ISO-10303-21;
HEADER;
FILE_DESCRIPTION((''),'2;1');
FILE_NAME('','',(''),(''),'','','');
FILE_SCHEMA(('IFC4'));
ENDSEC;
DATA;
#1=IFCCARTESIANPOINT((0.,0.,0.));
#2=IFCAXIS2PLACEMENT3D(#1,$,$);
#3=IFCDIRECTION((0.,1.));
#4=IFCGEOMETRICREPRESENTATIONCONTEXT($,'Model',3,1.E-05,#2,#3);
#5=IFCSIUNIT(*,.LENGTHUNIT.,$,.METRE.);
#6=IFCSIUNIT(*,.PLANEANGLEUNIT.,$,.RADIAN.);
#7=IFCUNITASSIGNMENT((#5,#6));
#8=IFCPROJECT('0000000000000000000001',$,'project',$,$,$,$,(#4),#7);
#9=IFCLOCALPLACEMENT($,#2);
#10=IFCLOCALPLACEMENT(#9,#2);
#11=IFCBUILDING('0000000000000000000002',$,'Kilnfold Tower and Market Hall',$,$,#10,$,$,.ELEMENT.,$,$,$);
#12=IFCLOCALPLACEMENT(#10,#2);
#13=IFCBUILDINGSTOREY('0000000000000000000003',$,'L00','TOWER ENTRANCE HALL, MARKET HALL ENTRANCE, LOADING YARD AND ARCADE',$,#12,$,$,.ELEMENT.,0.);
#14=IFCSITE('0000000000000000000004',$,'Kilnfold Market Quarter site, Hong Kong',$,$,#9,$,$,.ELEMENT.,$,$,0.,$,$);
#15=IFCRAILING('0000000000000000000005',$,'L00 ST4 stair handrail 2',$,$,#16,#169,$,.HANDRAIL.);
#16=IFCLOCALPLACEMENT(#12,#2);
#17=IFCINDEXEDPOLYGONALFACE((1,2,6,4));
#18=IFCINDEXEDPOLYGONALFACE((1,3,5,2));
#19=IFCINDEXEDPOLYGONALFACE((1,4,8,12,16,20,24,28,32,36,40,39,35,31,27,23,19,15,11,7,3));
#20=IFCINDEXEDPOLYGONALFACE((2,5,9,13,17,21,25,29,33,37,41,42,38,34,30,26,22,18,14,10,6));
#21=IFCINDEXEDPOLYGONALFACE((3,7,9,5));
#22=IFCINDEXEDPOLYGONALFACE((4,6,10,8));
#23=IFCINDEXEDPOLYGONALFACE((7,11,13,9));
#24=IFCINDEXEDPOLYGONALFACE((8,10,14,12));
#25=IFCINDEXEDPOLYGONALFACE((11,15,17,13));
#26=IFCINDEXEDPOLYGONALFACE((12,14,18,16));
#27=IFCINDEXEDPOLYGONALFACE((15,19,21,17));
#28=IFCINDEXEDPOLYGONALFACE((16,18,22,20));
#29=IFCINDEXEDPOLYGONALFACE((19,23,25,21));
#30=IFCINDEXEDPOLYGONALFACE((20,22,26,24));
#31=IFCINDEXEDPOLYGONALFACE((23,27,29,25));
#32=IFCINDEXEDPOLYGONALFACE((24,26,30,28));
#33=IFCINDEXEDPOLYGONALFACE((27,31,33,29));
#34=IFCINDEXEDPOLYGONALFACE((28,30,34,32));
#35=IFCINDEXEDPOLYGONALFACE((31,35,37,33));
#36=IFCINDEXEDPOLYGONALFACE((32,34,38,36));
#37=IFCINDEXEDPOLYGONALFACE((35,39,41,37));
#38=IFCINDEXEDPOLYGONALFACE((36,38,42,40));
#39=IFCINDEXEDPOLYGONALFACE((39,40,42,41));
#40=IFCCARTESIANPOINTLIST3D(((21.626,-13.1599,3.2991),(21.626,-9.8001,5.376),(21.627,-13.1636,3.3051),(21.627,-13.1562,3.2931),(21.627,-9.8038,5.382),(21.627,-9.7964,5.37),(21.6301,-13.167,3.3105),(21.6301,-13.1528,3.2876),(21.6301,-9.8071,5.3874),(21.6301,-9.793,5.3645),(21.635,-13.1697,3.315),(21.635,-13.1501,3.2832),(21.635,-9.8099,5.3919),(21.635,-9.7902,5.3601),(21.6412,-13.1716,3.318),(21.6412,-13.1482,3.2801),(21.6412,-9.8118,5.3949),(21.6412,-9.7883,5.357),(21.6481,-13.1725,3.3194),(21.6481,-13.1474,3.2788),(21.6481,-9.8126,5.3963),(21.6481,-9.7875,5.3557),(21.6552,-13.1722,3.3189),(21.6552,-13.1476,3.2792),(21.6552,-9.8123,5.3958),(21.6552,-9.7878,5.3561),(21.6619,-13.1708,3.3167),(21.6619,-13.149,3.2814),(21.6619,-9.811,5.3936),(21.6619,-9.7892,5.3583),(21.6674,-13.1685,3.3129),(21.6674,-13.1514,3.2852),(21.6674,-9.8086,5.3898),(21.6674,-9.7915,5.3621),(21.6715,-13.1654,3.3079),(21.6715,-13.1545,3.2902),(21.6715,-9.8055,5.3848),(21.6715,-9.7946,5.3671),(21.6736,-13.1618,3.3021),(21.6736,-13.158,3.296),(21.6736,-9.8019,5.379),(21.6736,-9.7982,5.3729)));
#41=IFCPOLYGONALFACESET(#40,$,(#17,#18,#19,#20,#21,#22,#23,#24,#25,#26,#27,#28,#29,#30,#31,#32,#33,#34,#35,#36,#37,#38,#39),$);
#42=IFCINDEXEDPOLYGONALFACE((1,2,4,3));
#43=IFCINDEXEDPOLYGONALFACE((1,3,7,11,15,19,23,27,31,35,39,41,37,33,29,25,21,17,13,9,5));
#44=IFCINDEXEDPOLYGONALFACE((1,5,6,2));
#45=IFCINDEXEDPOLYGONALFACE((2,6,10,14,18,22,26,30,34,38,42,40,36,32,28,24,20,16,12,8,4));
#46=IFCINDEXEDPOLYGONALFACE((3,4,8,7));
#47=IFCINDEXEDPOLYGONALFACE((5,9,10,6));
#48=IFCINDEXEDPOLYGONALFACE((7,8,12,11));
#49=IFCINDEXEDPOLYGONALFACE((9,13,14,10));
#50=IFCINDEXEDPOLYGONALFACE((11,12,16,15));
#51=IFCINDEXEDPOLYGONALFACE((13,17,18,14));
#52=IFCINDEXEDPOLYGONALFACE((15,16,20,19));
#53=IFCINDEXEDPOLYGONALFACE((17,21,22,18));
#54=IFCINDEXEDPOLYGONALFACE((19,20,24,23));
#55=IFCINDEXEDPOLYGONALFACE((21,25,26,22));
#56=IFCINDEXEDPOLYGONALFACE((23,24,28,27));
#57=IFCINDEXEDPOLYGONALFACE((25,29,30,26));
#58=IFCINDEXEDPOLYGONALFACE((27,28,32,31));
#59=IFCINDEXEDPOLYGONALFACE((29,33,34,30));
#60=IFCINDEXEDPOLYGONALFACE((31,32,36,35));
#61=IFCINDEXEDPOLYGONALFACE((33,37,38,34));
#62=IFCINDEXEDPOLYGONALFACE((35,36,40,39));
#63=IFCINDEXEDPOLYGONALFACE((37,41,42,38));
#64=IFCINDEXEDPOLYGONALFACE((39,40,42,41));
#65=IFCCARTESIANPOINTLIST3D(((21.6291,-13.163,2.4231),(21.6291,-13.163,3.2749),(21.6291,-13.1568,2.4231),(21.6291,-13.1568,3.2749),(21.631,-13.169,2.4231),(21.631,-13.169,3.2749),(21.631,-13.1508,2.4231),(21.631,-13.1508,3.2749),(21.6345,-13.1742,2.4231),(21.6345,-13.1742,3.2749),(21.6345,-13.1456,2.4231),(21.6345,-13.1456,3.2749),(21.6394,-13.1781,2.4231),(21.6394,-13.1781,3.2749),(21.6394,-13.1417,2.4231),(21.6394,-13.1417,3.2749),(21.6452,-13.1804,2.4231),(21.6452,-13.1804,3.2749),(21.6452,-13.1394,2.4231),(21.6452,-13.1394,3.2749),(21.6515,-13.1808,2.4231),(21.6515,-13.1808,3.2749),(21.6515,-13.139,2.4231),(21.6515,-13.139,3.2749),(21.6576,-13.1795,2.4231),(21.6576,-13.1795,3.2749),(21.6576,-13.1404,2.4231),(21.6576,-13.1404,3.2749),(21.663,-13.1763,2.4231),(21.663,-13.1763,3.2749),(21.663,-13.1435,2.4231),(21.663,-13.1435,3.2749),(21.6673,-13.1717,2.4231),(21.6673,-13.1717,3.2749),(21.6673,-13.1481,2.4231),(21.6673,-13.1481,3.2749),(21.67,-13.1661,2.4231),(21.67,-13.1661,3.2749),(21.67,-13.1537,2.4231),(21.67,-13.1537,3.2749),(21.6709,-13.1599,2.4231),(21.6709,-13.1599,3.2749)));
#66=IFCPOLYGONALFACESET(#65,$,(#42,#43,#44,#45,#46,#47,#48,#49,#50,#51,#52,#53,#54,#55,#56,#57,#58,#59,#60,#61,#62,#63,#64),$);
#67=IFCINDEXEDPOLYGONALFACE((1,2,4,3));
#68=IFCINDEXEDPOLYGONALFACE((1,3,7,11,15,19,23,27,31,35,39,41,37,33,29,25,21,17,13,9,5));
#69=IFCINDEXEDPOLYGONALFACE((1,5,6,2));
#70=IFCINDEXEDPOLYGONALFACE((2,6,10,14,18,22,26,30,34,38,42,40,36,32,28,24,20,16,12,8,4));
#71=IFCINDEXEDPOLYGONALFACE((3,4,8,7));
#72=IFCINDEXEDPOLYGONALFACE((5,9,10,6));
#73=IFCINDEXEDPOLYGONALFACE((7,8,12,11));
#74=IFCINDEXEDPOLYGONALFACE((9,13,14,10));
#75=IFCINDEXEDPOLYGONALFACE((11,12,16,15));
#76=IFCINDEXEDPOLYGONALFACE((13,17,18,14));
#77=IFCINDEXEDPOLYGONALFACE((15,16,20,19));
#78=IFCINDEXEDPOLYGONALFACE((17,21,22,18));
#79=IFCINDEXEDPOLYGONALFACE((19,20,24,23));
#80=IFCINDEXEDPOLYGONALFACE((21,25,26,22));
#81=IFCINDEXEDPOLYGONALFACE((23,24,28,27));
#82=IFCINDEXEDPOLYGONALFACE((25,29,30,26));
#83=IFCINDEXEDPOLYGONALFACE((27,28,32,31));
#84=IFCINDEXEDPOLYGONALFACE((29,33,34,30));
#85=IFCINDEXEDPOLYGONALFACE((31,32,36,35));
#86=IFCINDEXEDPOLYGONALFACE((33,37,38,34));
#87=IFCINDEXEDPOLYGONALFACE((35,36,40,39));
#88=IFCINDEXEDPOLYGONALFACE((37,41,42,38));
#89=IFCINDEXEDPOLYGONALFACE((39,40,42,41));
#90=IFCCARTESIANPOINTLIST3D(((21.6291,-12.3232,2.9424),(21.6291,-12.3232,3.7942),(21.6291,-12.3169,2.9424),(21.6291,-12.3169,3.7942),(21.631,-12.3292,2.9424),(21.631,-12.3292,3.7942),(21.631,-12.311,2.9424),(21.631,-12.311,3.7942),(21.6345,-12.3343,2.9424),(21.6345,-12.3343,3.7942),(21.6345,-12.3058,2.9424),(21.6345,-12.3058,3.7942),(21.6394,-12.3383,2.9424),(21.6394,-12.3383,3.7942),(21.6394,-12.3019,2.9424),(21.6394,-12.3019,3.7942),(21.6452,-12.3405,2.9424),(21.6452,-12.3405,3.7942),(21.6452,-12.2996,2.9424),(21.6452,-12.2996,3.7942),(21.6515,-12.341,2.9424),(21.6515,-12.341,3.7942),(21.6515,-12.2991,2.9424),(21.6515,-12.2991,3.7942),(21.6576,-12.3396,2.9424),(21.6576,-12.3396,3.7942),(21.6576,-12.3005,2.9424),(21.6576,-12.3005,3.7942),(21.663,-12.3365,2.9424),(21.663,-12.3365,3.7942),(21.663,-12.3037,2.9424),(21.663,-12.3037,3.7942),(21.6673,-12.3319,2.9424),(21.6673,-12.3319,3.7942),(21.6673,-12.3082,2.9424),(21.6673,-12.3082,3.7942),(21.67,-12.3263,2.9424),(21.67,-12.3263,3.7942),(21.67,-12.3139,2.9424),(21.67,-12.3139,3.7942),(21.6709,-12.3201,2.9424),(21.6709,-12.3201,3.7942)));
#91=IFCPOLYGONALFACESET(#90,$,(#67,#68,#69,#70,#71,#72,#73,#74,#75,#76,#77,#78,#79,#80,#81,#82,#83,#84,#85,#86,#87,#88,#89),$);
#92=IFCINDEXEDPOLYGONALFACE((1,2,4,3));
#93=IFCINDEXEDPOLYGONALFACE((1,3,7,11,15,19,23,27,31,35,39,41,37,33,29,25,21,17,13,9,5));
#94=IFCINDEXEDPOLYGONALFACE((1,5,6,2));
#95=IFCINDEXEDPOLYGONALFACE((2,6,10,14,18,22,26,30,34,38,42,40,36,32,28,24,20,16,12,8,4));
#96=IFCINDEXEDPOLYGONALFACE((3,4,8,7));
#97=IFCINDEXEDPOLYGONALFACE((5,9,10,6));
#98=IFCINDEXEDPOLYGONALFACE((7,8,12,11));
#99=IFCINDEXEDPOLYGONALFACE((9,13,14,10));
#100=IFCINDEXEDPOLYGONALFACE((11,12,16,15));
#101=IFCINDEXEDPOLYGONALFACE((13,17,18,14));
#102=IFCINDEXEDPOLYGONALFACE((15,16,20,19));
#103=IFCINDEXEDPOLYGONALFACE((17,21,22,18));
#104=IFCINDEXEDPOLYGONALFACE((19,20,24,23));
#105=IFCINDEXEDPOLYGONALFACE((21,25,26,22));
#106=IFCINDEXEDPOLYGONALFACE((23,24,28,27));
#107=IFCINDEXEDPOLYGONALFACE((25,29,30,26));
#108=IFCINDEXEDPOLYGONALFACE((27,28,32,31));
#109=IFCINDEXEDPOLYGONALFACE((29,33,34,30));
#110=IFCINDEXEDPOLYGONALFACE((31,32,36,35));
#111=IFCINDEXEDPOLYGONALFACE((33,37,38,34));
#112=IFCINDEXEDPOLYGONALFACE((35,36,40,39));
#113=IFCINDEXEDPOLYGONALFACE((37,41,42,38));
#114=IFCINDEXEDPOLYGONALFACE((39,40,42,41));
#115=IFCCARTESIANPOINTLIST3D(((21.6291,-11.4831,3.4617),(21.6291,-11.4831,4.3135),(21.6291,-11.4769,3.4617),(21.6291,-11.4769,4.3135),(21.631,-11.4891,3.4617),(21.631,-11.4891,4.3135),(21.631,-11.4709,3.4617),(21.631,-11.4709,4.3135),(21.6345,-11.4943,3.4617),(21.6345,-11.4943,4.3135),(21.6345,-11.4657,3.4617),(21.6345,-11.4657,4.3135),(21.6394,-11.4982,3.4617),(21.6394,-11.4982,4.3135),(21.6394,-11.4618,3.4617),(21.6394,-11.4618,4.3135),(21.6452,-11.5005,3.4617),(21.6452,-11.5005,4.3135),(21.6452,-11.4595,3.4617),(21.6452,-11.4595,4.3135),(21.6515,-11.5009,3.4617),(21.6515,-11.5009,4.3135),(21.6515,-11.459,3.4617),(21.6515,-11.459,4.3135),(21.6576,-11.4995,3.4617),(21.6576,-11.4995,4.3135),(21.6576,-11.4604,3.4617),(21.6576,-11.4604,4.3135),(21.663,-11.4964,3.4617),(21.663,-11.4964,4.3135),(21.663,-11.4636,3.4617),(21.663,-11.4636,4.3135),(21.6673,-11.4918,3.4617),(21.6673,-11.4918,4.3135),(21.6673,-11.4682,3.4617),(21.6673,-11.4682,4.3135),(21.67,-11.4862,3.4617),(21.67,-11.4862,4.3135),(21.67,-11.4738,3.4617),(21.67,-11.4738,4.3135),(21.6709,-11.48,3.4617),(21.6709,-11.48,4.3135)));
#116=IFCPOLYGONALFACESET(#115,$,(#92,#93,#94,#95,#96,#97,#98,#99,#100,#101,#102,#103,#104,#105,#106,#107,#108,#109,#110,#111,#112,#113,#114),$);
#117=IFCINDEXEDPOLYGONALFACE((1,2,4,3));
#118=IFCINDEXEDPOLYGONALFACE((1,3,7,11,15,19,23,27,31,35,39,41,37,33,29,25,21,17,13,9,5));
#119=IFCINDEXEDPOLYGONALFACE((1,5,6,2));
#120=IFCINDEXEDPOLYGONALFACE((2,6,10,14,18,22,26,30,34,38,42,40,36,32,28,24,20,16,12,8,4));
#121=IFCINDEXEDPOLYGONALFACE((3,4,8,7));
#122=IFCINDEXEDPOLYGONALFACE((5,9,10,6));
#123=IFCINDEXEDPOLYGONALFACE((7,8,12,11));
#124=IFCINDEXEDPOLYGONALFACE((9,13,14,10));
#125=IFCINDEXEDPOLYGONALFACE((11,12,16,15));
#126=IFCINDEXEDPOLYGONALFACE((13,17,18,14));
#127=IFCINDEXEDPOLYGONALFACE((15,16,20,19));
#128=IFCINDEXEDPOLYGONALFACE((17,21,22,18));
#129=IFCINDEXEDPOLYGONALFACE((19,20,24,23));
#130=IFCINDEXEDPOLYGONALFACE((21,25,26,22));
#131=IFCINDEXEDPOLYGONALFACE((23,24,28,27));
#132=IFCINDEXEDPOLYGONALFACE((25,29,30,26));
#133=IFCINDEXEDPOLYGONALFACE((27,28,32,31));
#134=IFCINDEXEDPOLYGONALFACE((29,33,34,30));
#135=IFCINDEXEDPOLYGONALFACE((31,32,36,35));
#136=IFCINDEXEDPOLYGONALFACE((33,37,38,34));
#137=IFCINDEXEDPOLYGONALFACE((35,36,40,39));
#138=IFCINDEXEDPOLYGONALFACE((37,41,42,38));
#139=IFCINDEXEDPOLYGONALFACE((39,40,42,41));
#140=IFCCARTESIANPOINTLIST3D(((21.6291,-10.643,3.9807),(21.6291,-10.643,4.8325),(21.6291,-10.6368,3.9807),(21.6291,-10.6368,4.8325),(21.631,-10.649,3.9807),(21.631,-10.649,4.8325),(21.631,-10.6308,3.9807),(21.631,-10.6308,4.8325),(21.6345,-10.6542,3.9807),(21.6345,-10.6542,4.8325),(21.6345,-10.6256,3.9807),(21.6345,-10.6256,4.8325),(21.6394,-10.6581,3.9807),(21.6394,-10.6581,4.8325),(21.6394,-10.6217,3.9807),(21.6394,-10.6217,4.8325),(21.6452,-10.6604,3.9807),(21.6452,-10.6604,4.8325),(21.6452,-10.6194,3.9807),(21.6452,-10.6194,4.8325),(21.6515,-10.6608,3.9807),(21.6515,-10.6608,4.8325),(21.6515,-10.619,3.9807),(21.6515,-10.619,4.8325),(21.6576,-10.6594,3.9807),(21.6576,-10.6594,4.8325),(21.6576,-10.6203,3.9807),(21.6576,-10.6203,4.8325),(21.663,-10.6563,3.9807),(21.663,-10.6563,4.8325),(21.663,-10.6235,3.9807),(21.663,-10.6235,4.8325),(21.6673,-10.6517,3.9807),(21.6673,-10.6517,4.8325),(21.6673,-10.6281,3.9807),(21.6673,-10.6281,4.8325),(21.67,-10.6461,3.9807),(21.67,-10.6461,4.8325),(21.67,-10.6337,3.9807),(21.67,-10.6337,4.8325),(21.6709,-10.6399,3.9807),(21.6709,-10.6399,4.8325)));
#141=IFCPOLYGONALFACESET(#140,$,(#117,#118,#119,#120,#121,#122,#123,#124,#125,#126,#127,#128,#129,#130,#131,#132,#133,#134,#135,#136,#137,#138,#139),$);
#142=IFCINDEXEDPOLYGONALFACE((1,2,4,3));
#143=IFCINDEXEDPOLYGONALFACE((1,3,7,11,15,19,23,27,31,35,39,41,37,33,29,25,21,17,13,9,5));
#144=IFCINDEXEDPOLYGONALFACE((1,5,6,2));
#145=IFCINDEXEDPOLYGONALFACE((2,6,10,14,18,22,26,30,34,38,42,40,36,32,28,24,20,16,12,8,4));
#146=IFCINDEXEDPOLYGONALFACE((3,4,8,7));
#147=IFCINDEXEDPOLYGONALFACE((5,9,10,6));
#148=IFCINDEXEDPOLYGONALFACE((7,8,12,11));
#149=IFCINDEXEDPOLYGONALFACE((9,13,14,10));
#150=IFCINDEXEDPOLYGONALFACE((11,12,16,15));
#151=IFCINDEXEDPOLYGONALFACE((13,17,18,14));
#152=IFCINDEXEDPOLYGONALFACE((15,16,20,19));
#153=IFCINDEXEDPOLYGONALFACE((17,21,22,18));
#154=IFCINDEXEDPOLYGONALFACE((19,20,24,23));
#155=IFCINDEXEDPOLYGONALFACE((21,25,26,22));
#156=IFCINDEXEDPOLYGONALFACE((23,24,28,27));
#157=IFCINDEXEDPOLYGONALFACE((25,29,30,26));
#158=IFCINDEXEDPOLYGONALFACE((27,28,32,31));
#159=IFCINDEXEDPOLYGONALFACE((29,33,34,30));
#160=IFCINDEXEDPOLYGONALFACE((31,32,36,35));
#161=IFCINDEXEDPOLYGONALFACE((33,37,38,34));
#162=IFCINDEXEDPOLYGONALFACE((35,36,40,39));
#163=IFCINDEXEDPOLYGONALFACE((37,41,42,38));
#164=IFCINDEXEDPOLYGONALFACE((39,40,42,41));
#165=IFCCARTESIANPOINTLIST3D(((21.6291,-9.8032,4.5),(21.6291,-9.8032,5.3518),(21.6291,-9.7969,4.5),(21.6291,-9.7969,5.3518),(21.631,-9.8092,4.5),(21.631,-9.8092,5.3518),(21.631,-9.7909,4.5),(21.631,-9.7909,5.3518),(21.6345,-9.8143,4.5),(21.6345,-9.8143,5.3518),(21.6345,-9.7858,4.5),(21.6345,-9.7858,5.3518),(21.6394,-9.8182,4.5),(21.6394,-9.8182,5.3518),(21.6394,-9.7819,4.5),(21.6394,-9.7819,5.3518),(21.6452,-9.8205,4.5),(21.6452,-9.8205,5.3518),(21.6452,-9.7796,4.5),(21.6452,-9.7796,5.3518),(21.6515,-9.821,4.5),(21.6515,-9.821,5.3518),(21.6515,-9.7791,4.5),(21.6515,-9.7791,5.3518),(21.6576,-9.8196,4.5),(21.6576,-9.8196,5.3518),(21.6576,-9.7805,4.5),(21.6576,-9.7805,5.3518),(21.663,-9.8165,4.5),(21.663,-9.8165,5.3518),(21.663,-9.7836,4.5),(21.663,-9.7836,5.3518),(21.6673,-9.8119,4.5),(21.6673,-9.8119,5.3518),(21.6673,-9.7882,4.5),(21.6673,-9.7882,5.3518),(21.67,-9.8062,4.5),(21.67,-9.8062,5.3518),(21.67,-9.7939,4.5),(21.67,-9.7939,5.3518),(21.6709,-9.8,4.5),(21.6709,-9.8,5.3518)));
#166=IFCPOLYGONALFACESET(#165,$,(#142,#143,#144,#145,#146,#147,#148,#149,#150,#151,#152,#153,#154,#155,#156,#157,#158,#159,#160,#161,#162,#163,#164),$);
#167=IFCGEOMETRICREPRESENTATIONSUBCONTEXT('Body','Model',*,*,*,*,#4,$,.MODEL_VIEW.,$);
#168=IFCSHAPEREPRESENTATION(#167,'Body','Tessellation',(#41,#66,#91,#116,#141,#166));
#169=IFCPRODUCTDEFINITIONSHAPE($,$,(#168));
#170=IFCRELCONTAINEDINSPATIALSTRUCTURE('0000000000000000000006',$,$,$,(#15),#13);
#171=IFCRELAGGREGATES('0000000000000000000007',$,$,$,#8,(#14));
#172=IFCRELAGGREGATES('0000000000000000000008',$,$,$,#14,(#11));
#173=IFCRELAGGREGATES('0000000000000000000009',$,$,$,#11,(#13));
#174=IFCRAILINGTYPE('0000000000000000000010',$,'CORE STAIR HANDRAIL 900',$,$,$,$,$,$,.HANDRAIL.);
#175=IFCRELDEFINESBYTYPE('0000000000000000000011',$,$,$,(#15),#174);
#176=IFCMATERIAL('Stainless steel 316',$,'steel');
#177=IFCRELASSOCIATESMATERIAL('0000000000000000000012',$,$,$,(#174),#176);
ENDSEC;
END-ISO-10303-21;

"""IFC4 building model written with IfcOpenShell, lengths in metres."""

from ifc_helpers import new_model, si_unit, direction, frame, origin, origin_2d, place, context, subcontext, project, spatial, circle, extrude, material, type_object, element, save


model = new_model("IFC4")

# Units and contexts
model_context = context("Model", 3, precision=1e-05, world=origin(), true_north=direction((0.0, 1.0)))
body_context = subcontext(model_context, "Body", "Model", "MODEL_VIEW")
ifc_project = project(units=[si_unit("LENGTHUNIT", "METRE"), si_unit("PLANEANGLEUNIT", "RADIAN")], contexts=[model_context])

# Site, building, storey
site_placement = place(None, origin())
site = spatial("IfcSite", under=ifc_project, at=site_placement, Name="Kilnfold Market Quarter site, Hong Kong", CompositionType="ELEMENT", RefElevation=0.0)
building_placement = place(site_placement, origin())
building = spatial("IfcBuilding", under=site, at=building_placement, Name="Kilnfold Tower and Market Hall", CompositionType="ELEMENT")
storey_placement = place(building_placement, origin())
storey = spatial("IfcBuildingStorey", under=building, at=storey_placement, Name="L00", Description="TOWER ENTRANCE HALL, MARKET HALL ENTRANCE, LOADING YARD AND ARCADE", CompositionType="ELEMENT", Elevation=0.0)

# Railing
ifc_material_1 = material(Name="Stainless steel 316", Category="steel")
railing_type_1 = type_object("IfcRailingType", Name="CORE STAIR HANDRAIL 900", PredefinedType="HANDRAIL", material=ifc_material_1)
railing_1_placement = place(storey_placement, frame((21.6499, -13.1599, 2.4231)))
element("IfcRailing", 1, at=railing_1_placement, inside=storey, type_object=railing_type_1, Name="L00 ST4 stair handrail 2", PredefinedType="HANDRAIL", context=body_context, shape_type="SweptSolid", body=[
    extrude(circle(Radius=0.0239, at=origin_2d()), frame((0.0, 0.0, 0.876), z_axis=(0.0, 0.850606, 0.525803), x_axis=(-1.0, 0.0, 0.0)), (0.0, 0.0, 1.0), 3.95),
    extrude(circle(Radius=0.021, at=origin_2d()), origin(), (0.0, 0.0, 1.0), 0.8518),
    extrude(circle(Radius=0.021, at=origin_2d()), frame((0.0, 0.8398, 0.5193)), (0.0, 0.0, 1.0), 0.8518),
    extrude(circle(Radius=0.021, at=origin_2d()), frame((0.0, 1.6799, 1.0386)), (0.0, 0.0, 1.0), 0.8518),
    extrude(circle(Radius=0.021, at=origin_2d()), frame((0.0, 2.52, 1.5576)), (0.0, 0.0, 1.0), 0.8518),
    extrude(circle(Radius=0.021, at=origin_2d()), frame((0.0, 3.3599, 2.0769)), (0.0, 0.0, 1.0), 0.8518),
])

save(model, "model.ifc")
